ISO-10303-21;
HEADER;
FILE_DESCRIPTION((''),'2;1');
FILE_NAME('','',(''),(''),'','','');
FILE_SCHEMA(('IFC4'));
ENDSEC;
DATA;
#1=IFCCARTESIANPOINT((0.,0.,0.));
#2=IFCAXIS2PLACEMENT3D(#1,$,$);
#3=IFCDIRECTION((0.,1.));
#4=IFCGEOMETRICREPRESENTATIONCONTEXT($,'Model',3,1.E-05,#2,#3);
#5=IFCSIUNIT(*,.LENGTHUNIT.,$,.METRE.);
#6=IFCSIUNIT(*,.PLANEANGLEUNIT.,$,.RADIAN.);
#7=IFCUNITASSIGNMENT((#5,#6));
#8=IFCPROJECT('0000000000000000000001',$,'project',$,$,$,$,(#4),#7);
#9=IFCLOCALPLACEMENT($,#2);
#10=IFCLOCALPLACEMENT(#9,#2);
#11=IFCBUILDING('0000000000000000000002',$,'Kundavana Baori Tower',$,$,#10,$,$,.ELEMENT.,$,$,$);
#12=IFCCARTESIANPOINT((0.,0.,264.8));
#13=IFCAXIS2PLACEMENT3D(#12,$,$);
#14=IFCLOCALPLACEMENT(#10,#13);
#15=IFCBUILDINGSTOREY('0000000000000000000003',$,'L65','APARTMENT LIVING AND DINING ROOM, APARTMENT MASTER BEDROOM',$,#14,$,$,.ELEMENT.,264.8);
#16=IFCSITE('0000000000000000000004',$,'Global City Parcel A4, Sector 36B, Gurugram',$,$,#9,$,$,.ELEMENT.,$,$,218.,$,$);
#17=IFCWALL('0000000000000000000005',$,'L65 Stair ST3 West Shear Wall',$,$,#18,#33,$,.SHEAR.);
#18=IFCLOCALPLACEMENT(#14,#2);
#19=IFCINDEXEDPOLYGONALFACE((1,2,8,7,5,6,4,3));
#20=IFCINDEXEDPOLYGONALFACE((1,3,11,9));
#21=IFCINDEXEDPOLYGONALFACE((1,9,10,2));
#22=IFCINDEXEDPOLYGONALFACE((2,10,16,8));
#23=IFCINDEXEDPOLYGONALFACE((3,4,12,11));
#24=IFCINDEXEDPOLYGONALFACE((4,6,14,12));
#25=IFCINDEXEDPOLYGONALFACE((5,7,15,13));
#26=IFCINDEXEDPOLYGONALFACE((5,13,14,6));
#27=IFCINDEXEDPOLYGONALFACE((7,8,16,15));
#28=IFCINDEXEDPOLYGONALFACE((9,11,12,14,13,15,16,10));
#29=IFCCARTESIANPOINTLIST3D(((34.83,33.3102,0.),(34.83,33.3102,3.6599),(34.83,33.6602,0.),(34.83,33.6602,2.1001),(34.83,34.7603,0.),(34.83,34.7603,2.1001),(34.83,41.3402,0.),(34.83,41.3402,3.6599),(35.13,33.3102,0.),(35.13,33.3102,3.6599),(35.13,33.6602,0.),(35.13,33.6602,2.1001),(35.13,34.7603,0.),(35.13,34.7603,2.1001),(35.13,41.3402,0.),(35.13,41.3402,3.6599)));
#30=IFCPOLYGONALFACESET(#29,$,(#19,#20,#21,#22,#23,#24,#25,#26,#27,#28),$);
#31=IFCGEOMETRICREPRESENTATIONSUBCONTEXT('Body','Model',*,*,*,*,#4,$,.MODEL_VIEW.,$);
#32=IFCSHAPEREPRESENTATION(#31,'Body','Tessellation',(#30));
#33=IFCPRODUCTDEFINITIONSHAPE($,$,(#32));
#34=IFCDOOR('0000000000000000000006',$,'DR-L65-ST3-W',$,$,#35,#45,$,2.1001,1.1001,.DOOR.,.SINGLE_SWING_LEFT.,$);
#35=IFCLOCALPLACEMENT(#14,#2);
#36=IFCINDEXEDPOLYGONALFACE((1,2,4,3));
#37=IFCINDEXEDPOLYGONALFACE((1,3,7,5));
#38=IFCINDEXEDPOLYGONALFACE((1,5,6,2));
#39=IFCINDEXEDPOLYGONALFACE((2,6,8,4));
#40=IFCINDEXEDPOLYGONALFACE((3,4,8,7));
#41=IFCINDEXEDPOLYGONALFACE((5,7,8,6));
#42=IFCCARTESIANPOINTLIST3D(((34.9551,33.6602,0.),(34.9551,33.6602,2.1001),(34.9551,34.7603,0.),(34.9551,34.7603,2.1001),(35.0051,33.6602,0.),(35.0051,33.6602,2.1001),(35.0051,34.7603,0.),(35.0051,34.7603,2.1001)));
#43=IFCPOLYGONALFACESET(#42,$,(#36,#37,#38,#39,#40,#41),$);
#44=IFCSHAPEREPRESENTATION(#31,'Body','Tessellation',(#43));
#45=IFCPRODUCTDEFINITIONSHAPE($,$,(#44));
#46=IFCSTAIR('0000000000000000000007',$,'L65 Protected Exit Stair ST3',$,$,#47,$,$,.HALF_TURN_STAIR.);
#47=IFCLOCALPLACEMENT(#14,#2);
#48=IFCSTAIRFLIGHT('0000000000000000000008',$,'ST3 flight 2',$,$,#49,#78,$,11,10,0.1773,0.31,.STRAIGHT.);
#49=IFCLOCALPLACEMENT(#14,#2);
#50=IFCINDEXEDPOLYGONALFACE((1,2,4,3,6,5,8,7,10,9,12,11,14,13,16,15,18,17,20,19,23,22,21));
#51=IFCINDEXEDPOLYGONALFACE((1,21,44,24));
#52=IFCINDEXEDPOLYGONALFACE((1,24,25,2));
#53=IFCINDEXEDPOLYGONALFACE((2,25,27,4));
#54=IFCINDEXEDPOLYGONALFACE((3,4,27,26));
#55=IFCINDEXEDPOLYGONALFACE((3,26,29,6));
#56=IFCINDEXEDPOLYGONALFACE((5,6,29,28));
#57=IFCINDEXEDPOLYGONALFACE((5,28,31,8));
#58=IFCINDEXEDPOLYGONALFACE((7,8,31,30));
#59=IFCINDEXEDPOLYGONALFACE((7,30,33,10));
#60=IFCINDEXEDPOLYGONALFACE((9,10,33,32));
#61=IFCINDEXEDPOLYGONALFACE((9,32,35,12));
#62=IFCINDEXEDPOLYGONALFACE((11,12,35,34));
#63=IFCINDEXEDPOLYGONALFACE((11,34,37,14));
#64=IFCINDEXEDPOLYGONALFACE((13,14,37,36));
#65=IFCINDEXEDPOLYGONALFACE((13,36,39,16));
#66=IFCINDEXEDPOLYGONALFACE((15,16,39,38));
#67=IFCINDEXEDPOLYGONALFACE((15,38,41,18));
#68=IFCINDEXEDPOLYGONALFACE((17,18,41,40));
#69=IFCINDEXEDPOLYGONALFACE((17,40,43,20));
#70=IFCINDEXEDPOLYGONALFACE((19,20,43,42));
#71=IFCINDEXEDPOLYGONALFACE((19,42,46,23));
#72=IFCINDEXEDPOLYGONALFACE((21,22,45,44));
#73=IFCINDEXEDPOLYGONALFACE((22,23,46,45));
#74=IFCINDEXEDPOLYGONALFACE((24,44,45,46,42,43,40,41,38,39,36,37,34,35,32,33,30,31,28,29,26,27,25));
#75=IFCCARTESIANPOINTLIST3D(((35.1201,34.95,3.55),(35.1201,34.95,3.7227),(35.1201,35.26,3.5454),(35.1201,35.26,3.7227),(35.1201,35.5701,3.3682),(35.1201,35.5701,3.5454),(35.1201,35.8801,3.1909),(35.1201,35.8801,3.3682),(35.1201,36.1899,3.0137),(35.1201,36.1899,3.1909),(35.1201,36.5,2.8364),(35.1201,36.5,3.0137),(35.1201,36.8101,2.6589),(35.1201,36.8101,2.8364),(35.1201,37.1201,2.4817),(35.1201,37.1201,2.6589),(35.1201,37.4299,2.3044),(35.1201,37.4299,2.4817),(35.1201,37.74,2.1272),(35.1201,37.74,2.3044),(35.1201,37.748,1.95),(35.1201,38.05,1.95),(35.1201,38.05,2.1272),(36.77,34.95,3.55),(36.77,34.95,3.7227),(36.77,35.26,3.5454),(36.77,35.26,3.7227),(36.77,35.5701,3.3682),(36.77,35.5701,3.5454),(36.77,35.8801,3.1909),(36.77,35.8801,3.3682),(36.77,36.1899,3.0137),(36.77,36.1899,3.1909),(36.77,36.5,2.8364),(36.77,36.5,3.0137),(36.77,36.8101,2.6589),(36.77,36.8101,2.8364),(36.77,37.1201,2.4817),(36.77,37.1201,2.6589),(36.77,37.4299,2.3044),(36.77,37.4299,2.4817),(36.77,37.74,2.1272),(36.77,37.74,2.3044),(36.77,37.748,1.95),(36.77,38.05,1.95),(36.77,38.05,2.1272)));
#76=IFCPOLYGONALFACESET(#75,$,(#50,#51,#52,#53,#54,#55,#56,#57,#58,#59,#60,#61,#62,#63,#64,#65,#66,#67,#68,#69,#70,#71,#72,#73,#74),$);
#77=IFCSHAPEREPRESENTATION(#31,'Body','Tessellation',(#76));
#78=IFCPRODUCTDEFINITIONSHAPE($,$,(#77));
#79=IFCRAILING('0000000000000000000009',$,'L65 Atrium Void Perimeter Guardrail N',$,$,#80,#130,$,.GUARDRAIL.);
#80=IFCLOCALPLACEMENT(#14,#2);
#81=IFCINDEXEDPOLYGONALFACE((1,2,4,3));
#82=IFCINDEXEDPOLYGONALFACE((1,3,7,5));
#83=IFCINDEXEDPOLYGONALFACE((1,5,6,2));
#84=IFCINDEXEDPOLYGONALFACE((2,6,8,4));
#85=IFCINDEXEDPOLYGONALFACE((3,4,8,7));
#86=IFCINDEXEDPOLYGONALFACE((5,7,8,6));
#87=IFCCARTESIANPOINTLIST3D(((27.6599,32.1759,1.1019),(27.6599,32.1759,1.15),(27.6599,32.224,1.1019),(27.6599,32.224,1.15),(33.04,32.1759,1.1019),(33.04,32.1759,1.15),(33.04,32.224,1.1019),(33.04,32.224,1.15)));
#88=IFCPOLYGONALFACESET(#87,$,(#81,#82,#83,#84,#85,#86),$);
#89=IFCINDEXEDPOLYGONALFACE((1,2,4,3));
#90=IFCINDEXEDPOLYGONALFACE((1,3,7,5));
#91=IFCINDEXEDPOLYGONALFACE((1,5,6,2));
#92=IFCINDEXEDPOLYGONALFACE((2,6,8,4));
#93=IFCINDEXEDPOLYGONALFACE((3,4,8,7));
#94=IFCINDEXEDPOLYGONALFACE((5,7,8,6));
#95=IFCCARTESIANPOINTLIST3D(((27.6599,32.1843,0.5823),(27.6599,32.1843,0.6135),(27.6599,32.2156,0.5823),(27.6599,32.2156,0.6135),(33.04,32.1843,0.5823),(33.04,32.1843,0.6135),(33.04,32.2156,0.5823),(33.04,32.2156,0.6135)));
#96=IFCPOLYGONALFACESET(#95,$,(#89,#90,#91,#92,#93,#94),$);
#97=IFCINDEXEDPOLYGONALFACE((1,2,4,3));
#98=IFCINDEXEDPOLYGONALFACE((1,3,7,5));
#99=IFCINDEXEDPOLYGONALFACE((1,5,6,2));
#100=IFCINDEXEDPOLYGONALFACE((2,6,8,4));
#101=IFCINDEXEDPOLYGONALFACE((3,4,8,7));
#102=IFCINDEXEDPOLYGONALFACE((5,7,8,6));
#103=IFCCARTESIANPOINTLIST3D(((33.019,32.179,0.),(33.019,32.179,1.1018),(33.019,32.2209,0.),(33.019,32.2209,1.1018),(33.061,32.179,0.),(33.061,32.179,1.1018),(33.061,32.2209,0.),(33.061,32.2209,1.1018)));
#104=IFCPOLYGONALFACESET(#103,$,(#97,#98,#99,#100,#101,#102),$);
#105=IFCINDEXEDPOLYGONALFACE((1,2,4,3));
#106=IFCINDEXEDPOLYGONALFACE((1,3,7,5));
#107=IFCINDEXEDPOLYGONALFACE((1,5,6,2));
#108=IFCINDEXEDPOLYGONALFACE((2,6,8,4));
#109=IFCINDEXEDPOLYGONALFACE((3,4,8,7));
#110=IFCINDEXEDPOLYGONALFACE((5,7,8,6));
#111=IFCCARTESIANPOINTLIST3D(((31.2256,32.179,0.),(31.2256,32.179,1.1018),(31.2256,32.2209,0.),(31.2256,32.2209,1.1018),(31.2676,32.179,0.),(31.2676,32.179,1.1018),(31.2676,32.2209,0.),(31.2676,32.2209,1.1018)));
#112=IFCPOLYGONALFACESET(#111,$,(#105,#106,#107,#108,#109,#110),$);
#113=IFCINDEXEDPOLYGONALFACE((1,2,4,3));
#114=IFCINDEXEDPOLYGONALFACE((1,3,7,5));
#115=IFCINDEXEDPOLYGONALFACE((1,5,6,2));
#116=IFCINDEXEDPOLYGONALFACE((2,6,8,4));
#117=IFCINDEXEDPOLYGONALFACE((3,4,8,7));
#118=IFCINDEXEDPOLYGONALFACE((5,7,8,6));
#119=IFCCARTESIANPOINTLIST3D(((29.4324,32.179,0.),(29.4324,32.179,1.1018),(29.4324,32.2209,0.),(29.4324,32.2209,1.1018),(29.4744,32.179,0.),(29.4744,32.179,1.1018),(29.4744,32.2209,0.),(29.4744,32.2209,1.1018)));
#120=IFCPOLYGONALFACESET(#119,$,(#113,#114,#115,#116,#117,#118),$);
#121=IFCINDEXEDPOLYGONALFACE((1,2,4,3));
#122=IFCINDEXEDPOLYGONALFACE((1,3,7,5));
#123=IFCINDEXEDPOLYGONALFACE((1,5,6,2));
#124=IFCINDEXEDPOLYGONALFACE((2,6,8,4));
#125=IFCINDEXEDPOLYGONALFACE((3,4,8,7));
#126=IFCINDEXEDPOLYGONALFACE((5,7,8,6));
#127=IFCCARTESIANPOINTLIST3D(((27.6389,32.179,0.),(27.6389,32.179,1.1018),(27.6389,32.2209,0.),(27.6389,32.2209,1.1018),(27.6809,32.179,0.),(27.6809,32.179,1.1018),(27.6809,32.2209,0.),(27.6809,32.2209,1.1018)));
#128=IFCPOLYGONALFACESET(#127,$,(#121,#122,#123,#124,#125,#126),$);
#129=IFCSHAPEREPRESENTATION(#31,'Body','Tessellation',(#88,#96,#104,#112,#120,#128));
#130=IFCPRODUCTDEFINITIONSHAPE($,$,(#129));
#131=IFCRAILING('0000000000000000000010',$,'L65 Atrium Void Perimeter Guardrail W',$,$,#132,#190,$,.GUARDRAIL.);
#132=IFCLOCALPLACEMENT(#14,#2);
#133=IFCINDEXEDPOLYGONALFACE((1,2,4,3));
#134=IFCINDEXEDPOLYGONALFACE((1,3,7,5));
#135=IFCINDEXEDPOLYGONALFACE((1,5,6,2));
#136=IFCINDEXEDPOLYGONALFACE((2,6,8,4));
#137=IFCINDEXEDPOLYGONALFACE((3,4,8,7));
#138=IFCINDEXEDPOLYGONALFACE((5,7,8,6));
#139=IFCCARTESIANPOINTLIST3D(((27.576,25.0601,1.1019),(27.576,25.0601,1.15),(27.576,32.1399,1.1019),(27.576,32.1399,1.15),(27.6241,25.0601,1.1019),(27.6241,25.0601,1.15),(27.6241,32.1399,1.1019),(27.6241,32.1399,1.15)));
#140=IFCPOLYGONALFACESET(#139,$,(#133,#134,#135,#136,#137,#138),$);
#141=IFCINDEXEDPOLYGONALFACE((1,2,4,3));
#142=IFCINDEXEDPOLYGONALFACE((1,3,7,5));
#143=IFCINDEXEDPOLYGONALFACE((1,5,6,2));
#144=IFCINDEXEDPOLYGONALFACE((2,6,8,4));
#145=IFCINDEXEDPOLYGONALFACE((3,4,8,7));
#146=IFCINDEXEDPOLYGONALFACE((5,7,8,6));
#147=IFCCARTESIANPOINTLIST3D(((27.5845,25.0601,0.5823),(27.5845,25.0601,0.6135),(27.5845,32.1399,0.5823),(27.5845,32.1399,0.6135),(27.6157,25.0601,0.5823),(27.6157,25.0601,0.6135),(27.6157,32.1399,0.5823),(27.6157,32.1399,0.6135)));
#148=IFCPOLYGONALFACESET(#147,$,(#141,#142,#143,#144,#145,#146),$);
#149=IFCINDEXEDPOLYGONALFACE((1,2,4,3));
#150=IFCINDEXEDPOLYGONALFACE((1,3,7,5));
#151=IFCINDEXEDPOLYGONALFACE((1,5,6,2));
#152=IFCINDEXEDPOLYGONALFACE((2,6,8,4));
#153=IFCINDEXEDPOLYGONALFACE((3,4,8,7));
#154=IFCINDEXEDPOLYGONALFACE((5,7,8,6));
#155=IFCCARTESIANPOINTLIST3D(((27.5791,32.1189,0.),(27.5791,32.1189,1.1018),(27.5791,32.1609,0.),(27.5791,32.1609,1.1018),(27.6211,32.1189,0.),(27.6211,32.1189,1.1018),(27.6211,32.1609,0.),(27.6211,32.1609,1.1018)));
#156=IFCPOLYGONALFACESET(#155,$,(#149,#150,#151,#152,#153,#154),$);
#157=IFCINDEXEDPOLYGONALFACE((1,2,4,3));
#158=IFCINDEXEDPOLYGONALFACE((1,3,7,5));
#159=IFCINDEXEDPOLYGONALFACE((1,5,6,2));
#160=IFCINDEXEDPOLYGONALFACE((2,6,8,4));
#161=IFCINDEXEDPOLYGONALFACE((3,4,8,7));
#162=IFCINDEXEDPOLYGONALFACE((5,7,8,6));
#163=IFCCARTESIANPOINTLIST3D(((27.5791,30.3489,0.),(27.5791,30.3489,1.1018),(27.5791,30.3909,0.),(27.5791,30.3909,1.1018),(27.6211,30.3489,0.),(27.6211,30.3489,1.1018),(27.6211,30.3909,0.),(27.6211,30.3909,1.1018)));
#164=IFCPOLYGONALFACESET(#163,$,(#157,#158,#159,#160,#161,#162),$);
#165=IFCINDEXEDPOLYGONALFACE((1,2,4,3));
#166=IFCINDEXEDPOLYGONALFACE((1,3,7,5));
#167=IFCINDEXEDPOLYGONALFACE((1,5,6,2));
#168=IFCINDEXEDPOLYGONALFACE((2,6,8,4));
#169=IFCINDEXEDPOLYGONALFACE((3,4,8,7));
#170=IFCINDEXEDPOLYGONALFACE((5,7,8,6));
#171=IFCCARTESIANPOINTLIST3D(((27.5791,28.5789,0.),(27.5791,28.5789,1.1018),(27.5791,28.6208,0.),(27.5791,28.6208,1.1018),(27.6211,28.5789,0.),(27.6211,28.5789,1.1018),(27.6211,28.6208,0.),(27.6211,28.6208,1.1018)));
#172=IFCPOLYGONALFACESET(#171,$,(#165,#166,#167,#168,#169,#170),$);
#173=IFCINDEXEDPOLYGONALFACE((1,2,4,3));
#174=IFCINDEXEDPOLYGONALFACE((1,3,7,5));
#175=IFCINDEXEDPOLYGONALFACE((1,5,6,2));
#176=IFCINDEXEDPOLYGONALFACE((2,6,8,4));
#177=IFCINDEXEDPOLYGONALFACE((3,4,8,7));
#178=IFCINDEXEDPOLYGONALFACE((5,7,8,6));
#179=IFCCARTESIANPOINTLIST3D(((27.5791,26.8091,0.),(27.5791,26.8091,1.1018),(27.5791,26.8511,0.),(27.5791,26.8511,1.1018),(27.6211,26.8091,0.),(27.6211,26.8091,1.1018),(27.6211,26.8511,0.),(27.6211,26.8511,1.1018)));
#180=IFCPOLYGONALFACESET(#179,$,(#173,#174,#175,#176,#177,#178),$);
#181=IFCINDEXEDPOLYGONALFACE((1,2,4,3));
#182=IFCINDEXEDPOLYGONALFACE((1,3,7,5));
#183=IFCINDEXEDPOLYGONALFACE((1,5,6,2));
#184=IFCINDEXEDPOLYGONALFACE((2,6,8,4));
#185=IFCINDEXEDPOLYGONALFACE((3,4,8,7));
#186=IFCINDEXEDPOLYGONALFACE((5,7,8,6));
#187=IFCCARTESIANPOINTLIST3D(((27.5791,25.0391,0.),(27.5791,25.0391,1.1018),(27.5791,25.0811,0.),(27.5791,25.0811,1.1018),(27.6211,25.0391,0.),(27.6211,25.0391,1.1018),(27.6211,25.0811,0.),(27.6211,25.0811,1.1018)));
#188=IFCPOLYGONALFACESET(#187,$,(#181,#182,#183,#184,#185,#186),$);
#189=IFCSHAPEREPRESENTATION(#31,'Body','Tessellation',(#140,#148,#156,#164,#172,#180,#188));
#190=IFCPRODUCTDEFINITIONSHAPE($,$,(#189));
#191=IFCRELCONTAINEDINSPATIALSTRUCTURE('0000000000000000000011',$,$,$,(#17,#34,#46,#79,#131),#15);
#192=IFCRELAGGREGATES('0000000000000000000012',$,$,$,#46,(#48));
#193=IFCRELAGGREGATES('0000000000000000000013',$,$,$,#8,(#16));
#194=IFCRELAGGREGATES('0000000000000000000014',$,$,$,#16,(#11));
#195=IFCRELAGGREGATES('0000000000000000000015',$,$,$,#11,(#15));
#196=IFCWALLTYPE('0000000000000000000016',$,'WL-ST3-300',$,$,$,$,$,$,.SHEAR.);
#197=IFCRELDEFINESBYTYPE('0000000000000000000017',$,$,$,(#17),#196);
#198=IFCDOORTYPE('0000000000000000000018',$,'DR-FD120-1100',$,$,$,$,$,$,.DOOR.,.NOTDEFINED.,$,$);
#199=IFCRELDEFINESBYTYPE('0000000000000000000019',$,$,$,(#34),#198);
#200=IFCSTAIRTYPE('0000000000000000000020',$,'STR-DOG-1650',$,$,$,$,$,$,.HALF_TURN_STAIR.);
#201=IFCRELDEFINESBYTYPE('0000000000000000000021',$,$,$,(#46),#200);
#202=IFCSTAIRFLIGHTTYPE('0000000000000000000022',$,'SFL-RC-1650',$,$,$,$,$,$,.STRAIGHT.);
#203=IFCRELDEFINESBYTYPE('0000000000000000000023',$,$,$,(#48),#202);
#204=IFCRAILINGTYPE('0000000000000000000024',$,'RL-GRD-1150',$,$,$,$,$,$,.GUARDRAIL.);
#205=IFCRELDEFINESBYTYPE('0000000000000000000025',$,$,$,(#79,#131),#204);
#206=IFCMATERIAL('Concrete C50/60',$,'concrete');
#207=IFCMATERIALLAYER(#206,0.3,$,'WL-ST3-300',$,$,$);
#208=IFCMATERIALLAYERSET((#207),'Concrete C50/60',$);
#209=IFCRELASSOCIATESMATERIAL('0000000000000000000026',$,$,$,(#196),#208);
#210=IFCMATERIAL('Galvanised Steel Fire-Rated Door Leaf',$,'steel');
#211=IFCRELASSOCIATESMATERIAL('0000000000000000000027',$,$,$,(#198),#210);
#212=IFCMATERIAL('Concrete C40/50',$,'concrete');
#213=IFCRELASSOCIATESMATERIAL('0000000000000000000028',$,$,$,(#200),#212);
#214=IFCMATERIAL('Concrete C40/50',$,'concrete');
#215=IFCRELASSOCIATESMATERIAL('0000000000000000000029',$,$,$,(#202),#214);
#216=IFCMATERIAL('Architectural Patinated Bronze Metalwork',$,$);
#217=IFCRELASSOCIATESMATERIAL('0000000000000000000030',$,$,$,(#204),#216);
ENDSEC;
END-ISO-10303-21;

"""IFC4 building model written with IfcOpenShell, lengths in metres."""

from ifc_helpers import new_model, si_unit, direction, frame, frame_2d, origin, origin_2d, place, context, subcontext, project, spatial, polyline, rectangle, outline, extrude, material, layer, layer_set, type_object, element, fill, aggregate, save


model = new_model("IFC4")

# Units and contexts
model_context = context("Model", 3, precision=1e-05, world=origin(), true_north=direction((0.0, 1.0)))
body_context = subcontext(model_context, "Body", "Model", "MODEL_VIEW")
ifc_project = project(units=[si_unit("LENGTHUNIT", "METRE"), si_unit("PLANEANGLEUNIT", "RADIAN")], contexts=[model_context])

# Site, building, storey
site_placement = place(None, origin())
site = spatial("IfcSite", under=ifc_project, at=site_placement, Name="Global City Parcel A4, Sector 36B, Gurugram", CompositionType="ELEMENT", RefElevation=218.0)
building_placement = place(site_placement, origin())
building = spatial("IfcBuilding", under=site, at=building_placement, Name="Kundavana Baori Tower", CompositionType="ELEMENT")
storey_placement = place(building_placement, frame((0.0, 0.0, 264.8)))
storey = spatial("IfcBuildingStorey", under=building, at=storey_placement, Name="L65", Description="APARTMENT LIVING AND DINING ROOM, APARTMENT MASTER BEDROOM", CompositionType="ELEMENT", Elevation=264.8)

# Shared definitions
ifc_material_1 = material(Name="Concrete C50/60", Category="concrete")
ifc_layer_1 = layer(ifc_material_1, 0.3, Name="WL-ST3-300")
ifc_layer_set_1 = layer_set([ifc_layer_1], Name="Concrete C50/60")
wall_type_1 = type_object("IfcWallType", Name="WL-ST3-300", PredefinedType="SHEAR", material=ifc_layer_set_1)

# Wall, opening, door
wall_1_placement = place(storey_placement, frame((34.98, 33.3101, 0.0), z_axis=(0.0, 0.0, 1.0), x_axis=(0.0, 1.0, 0.0)))
wall_1 = element("IfcWall", 1, at=wall_1_placement, inside=storey, type_object=wall_type_1, Name="L65 Stair ST3 West Shear Wall", PredefinedType="SHEAR", context=body_context, shape_type="SweptSolid", body=[
    extrude(rectangle(XDim=8.03, YDim=0.3, at=frame_2d((4.0151, 0.0))), origin(), (0.0, 0.0, 1.0), 3.6599),
])
opening_1_placement = place(wall_1_placement, frame((0.3501, 0.0, 0.0)))
opening_1 = element("IfcOpeningElement", 2, at=opening_1_placement, cuts=wall_1, PredefinedType="OPENING", context=body_context, shape_type="SweptSolid", body=[
    extrude(rectangle(XDim=1.1001, YDim=2.1001, at=frame_2d((0.55, 1.05))), frame((0.0, 0.1602, 0.0), z_axis=(0.0, -1.0, 0.0), x_axis=(1.0, 0.0, 0.0)), (0.0, 0.0, 1.0), 0.3201),
])
ifc_material_2 = material(Name="Galvanised Steel Fire-Rated Door Leaf", Category="steel")
door_type_1 = type_object("IfcDoorType", Name="DR-FD120-1100", OperationType="NOTDEFINED", PredefinedType="DOOR", material=ifc_material_2)
door_1_placement = place(opening_1_placement, origin())
door_1 = element("IfcDoor", 3, at=door_1_placement, inside=storey, type_object=door_type_1, Name="DR-L65-ST3-W", OperationType="SINGLE_SWING_LEFT", OverallHeight=2.1001, OverallWidth=1.1001, PredefinedType="DOOR", context=body_context, shape_type="SweptSolid", body=[
    extrude(rectangle(XDim=1.1001, YDim=2.1001, at=frame_2d((0.55, 1.05))), frame((0.0, 0.0249, 0.0), z_axis=(0.0, -1.0, 0.0), x_axis=(1.0, 0.0, 0.0)), (0.0, 0.0, 1.0), 0.05),
])
fill(opening_1, door_1)

# Stair, stair flight
ifc_material_3 = material(Name="Concrete C40/50", Category="concrete")
stair_type = type_object("IfcStairType", Name="STR-DOG-1650", PredefinedType="HALF_TURN_STAIR", material=ifc_material_3)
stair_placement = place(storey_placement, origin())
stair = element("IfcStair", 4, at=stair_placement, inside=storey, type_object=stair_type, Name="L65 Protected Exit Stair ST3", PredefinedType="HALF_TURN_STAIR")
ifc_material_4 = material(Name="Concrete C40/50", Category="concrete")
stair_flight_type = type_object("IfcStairFlightType", Name="SFL-RC-1650", PredefinedType="STRAIGHT", material=ifc_material_4)
stair_flight_placement = place(storey_placement, frame((35.9451, 38.05, 1.95), z_axis=(0.0, 0.0, 1.0), x_axis=(0.0, -1.0, 0.0)))
stair_flight = element("IfcStairFlight", 5, at=stair_flight_placement, type_object=stair_flight_type, Name="ST3 flight 2", NumberOfRisers=11, NumberOfTreads=10, PredefinedType="STRAIGHT", RiserHeight=0.1773, TreadLength=0.31, context=body_context, shape_type="SweptSolid", body=[
    extrude(outline(polyline([(0.0, 0.0), (0.0, 0.1772), (0.3101, 0.1772), (0.3101, 0.3545), (0.6201, 0.3545), (0.6201, 0.5317), (0.9299, 0.5317), (0.9299, 0.709), (1.24, 0.709), (1.24, 0.8865), (1.55, 0.8865), (1.55, 1.0637), (1.8601, 1.0637), (1.8601, 1.241), (2.1699, 1.241), (2.1699, 1.4182), (2.48, 1.4182), (2.48, 1.5955), (2.79, 1.5955), (2.79, 1.7727), (3.1001, 1.7727), (3.1001, 1.95), (3.1001, 1.6001), (0.302, 0.0), (0.0, 0.0)])), frame((0.0, 0.825, 0.0), z_axis=(0.0, -1.0, 0.0), x_axis=(1.0, 0.0, 0.0)), (0.0, 0.0, 1.0), 1.6499),
])
aggregate(stair, [stair_flight])

# Railings
ifc_material_5 = material(Name="Architectural Patinated Bronze Metalwork")
railing_type_1 = type_object("IfcRailingType", Name="RL-GRD-1150", PredefinedType="GUARDRAIL", material=ifc_material_5)
railing_1_placement = place(storey_placement, frame((33.04, 32.2, 0.0)))
element("IfcRailing", 6, at=railing_1_placement, inside=storey, type_object=railing_type_1, Name="L65 Atrium Void Perimeter Guardrail N", PredefinedType="GUARDRAIL", context=body_context, shape_type="SweptSolid", body=[
    extrude(rectangle(XDim=0.0481, YDim=0.0481, at=origin_2d()), frame((0.0, 0.0, 1.126), z_axis=(-1.0, 0.0, 0.0), x_axis=(0.0, -1.0, 0.0)), (0.0, 0.0, 1.0), 5.3801),
    extrude(rectangle(XDim=0.0312, YDim=0.0312, at=origin_2d()), frame((0.0, 0.0, 0.5979), z_axis=(-1.0, 0.0, 0.0), x_axis=(0.0, -1.0, 0.0)), (0.0, 0.0, 1.0), 5.3801),
    extrude(rectangle(XDim=0.042, YDim=0.042, at=origin_2d()), origin(), (0.0, 0.0, 1.0), 1.1018),
    extrude(rectangle(XDim=0.042, YDim=0.042, at=origin_2d()), frame((-1.7935, 0.0, 0.0)), (0.0, 0.0, 1.0), 1.1018),
    extrude(rectangle(XDim=0.042, YDim=0.042, at=origin_2d()), frame((-3.5867, 0.0, 0.0)), (0.0, 0.0, 1.0), 1.1018),
    extrude(rectangle(XDim=0.042, YDim=0.042, at=origin_2d()), frame((-5.3801, 0.0, 0.0)), (0.0, 0.0, 1.0), 1.1018),
])
railing_2_placement = place(storey_placement, frame((27.6001, 32.1399, 0.0)))
element("IfcRailing", 7, at=railing_2_placement, inside=storey, type_object=railing_type_1, Name="L65 Atrium Void Perimeter Guardrail W", PredefinedType="GUARDRAIL", context=body_context, shape_type="SweptSolid", body=[
    extrude(rectangle(XDim=0.0481, YDim=0.0481, at=origin_2d()), frame((0.0, 0.0, 1.126), z_axis=(0.0, -1.0, 0.0), x_axis=(1.0, 0.0, 0.0)), (0.0, 0.0, 1.0), 7.0798),
    extrude(rectangle(XDim=0.0312, YDim=0.0312, at=origin_2d()), frame((0.0, 0.0, 0.5979), z_axis=(0.0, -1.0, 0.0), x_axis=(1.0, 0.0, 0.0)), (0.0, 0.0, 1.0), 7.0798),
    extrude(rectangle(XDim=0.042, YDim=0.042, at=origin_2d()), origin(), (0.0, 0.0, 1.0), 1.1018),
    extrude(rectangle(XDim=0.042, YDim=0.042, at=origin_2d()), frame((0.0, -1.77, 0.0)), (0.0, 0.0, 1.0), 1.1018),
    extrude(rectangle(XDim=0.042, YDim=0.042, at=origin_2d()), frame((0.0, -3.54, 0.0)), (0.0, 0.0, 1.0), 1.1018),
    extrude(rectangle(XDim=0.042, YDim=0.042, at=origin_2d()), frame((0.0, -5.3098, 0.0)), (0.0, 0.0, 1.0), 1.1018),
    extrude(rectangle(XDim=0.042, YDim=0.042, at=origin_2d()), frame((0.0, -7.0798, 0.0)), (0.0, 0.0, 1.0), 1.1018),
])

save(model, "model.ifc")
